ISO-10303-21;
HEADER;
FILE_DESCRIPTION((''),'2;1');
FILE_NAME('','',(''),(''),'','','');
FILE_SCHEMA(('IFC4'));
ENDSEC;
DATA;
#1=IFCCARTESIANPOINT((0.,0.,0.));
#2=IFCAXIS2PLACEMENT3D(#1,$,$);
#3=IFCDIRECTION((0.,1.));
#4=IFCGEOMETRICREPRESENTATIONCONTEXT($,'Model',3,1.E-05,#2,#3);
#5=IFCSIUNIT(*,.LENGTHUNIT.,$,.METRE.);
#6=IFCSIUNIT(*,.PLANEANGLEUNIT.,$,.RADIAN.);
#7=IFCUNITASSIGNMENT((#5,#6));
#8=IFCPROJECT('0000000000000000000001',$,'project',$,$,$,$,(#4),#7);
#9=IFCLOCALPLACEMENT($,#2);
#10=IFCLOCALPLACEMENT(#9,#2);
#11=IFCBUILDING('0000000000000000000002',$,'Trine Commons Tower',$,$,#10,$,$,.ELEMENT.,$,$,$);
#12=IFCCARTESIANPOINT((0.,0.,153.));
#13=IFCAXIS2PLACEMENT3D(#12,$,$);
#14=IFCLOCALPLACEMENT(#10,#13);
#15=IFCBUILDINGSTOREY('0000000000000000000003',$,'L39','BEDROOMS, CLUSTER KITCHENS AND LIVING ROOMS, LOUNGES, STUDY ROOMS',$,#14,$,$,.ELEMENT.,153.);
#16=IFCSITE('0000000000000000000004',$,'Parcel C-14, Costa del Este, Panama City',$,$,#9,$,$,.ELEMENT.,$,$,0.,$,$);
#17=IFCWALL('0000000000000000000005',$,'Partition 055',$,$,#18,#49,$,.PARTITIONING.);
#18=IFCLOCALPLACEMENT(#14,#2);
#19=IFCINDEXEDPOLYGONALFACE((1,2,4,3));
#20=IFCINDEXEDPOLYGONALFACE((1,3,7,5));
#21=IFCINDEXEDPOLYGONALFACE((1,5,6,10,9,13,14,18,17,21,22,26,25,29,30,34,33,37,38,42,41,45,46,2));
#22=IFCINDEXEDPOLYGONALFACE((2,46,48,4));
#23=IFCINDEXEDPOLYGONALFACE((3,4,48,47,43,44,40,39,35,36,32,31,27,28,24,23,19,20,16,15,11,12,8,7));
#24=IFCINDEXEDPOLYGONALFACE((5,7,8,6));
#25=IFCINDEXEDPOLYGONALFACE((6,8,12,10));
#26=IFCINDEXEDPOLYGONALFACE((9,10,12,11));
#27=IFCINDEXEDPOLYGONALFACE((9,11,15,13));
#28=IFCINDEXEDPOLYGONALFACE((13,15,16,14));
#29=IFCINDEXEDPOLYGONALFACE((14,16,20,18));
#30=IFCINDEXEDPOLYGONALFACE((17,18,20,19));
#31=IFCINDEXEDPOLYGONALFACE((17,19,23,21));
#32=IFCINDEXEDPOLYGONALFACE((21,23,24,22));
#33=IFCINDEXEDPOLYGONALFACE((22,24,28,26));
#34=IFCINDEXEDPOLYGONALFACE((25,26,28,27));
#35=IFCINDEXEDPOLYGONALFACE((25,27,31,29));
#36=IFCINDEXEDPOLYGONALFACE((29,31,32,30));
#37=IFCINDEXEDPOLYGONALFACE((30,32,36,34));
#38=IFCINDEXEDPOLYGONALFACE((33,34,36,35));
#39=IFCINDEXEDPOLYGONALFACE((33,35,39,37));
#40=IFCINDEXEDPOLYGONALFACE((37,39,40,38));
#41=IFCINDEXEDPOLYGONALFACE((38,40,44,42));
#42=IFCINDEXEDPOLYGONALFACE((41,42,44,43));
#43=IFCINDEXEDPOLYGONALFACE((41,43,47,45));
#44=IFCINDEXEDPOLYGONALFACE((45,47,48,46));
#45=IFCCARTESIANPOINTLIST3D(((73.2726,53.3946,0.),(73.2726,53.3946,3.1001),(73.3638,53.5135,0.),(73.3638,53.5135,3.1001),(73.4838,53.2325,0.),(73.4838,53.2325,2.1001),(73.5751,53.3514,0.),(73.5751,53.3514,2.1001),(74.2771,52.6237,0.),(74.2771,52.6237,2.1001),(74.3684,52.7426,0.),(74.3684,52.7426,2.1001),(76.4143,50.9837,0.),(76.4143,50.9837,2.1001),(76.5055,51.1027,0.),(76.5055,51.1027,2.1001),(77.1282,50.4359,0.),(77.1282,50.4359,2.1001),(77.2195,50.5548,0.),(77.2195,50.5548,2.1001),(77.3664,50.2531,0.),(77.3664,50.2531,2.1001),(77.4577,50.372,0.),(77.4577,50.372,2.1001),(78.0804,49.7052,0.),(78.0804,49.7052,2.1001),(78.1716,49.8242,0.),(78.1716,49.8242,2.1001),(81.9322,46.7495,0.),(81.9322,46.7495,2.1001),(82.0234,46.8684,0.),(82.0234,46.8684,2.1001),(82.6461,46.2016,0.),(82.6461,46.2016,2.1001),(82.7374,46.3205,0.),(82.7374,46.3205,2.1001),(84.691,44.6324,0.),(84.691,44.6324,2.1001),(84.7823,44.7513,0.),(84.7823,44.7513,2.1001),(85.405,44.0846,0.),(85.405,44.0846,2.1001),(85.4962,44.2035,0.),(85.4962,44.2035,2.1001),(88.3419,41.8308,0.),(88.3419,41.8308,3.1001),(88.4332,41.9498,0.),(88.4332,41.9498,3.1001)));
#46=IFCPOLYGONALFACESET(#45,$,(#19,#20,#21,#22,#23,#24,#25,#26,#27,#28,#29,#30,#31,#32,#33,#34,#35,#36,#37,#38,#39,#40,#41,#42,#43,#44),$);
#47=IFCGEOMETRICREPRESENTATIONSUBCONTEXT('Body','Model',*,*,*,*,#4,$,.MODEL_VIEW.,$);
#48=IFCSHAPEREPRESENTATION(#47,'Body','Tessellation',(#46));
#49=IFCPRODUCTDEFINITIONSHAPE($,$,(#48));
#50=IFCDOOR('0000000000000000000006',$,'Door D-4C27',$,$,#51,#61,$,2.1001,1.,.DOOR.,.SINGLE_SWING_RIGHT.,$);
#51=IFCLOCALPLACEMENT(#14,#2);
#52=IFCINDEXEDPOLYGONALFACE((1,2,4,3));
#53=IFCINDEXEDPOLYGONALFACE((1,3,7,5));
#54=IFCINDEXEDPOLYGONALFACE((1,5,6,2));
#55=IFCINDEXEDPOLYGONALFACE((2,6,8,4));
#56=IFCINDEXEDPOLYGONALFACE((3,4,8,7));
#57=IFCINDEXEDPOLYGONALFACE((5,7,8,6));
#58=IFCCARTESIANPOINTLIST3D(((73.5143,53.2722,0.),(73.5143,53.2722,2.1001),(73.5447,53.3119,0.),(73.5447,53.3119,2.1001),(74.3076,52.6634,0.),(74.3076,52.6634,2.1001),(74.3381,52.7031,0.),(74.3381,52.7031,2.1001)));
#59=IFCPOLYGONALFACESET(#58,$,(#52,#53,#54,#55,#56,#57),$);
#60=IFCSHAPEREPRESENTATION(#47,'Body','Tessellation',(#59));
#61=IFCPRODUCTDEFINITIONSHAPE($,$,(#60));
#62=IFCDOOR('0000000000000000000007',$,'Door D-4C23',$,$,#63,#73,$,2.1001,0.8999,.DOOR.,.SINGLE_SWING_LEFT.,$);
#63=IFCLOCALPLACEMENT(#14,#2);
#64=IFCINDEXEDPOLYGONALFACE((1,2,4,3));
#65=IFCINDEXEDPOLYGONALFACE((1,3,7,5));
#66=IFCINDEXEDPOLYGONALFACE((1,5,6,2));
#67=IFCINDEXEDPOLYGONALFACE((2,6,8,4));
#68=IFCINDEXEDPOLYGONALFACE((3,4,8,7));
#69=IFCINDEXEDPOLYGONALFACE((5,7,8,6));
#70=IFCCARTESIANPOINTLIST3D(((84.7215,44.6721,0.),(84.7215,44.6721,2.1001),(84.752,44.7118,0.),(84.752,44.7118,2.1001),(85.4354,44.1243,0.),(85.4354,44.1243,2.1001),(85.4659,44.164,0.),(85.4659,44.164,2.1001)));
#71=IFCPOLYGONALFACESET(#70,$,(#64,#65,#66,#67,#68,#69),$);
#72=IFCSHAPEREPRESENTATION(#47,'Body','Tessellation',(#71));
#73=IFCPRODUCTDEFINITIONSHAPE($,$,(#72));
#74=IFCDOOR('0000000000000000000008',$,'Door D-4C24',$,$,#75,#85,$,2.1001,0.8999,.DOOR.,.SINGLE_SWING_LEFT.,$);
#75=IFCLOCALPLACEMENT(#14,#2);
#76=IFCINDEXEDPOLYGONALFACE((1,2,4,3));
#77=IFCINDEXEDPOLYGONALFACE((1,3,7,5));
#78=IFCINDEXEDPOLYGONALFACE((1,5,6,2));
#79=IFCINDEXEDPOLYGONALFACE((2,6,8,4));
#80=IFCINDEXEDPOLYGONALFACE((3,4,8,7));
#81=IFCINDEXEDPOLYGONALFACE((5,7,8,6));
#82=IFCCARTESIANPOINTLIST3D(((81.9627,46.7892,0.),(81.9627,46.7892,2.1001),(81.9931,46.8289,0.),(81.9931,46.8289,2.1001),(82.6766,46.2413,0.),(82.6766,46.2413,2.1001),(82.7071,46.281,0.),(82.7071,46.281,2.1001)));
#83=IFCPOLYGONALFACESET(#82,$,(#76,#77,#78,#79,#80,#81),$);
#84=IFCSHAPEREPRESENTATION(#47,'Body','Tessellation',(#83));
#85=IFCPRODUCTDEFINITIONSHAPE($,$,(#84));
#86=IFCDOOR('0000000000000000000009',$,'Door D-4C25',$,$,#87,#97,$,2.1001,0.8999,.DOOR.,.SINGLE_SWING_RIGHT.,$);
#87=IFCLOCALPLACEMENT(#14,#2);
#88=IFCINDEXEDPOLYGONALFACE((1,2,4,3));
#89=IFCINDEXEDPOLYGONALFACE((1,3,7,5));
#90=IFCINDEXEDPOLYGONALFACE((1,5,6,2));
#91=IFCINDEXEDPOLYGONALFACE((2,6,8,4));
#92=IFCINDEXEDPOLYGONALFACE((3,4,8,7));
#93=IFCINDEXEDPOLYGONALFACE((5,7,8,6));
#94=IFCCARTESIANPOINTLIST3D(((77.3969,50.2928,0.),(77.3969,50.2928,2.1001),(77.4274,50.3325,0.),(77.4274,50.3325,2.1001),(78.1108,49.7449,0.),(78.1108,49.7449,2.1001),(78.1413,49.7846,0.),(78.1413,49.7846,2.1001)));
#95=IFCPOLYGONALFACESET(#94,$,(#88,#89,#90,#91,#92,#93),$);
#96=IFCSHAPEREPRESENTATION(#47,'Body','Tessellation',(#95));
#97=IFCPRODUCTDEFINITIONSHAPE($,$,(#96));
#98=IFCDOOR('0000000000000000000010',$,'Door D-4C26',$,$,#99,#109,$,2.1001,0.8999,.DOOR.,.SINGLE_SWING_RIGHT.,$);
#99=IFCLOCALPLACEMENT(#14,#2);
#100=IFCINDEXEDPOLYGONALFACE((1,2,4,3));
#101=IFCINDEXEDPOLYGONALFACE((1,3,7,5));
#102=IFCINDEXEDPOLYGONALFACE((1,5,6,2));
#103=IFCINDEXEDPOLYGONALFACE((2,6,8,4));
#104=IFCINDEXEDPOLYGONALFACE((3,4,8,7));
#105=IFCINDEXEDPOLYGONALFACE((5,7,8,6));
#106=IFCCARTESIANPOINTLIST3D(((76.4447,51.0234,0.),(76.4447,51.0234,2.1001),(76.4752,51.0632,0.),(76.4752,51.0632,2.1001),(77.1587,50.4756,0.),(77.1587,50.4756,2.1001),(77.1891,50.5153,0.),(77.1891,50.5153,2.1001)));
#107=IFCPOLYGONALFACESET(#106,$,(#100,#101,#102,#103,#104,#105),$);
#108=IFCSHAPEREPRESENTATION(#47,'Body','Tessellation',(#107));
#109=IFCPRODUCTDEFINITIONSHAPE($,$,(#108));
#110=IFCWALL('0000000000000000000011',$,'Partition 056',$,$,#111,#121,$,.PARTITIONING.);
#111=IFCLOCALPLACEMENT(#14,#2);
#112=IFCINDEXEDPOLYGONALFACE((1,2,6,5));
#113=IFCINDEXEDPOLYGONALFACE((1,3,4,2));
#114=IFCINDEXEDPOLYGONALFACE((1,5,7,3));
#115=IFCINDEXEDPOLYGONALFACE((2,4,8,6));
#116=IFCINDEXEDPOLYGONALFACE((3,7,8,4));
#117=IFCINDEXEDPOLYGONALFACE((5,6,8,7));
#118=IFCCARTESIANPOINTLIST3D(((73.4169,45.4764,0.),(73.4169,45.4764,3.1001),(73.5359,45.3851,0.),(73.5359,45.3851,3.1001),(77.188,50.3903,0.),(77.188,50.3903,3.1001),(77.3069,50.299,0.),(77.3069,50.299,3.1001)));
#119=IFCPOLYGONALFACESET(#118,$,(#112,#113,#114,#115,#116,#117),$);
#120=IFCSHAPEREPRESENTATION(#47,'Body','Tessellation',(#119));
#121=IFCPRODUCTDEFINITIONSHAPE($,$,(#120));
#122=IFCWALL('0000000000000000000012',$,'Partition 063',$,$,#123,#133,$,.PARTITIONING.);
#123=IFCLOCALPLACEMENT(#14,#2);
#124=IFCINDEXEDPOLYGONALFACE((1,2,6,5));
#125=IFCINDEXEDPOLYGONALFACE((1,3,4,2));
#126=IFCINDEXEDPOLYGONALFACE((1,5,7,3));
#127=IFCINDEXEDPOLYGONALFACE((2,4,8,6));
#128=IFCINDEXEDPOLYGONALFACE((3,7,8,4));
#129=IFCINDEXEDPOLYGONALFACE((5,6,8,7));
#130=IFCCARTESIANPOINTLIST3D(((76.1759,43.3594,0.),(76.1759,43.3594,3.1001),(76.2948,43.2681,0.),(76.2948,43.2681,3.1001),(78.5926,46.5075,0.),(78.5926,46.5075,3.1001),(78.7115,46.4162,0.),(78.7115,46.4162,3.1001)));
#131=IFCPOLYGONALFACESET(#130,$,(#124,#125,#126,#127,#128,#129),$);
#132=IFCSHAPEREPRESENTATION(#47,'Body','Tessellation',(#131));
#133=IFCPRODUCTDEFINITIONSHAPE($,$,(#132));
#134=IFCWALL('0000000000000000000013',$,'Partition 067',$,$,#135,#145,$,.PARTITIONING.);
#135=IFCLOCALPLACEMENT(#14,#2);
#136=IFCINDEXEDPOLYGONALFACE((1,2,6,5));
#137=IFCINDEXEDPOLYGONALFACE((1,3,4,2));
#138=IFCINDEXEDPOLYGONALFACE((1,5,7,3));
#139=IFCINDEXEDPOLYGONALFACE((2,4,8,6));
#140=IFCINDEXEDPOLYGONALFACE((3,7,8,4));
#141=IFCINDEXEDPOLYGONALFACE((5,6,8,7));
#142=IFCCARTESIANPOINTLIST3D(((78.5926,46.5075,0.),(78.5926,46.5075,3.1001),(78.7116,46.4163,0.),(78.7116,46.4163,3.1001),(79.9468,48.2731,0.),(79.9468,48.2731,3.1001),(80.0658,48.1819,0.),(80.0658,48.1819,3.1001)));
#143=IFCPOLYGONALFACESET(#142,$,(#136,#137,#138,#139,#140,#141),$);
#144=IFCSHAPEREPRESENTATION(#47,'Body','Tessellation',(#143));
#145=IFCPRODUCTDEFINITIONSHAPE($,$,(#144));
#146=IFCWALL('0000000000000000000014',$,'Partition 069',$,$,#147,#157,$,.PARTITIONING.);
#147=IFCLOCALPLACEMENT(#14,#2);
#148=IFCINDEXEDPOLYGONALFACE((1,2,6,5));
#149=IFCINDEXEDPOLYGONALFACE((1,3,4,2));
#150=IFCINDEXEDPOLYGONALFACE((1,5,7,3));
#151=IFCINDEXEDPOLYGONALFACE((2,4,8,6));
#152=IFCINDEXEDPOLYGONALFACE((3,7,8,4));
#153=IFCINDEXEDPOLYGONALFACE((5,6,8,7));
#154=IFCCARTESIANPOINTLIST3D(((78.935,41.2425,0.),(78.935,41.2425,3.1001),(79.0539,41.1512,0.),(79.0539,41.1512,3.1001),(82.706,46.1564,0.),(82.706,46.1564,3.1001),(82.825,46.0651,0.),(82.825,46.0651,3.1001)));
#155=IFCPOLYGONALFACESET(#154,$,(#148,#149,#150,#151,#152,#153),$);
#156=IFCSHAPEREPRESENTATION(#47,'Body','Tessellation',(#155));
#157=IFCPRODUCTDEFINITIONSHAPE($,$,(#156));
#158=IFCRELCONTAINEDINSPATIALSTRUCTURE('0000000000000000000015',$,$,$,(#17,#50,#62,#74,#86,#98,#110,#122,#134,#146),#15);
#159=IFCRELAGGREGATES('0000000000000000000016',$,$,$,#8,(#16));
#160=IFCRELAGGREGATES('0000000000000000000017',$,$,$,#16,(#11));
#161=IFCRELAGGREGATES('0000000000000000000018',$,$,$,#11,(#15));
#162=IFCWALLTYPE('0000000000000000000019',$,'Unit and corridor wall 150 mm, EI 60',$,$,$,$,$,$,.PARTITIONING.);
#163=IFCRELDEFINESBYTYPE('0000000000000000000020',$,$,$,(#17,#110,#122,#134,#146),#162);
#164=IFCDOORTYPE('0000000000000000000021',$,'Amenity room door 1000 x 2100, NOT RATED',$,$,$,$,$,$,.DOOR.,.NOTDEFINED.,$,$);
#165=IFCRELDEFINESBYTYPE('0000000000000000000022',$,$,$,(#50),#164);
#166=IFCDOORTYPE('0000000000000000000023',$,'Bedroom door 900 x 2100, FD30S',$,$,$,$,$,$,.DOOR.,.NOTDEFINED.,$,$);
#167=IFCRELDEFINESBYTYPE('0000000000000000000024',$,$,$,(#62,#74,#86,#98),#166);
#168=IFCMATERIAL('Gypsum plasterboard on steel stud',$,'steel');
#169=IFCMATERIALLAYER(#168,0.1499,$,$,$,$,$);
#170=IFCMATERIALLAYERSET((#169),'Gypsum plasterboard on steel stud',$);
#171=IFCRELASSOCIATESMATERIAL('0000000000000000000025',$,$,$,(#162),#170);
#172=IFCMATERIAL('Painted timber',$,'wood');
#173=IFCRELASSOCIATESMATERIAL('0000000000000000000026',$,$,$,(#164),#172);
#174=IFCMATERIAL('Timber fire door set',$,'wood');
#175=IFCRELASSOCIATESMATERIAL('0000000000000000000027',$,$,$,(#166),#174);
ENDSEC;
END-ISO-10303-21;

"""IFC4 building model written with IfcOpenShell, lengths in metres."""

from ifc_helpers import new_model, si_unit, direction, frame, frame_2d, origin, place, context, subcontext, project, spatial, rectangle, extrude, material, layer, layer_set, type_object, element, fill, save


model = new_model("IFC4")

# Units and contexts
model_context = context("Model", 3, precision=1e-05, world=origin(), true_north=direction((0.0, 1.0)))
body_context = subcontext(model_context, "Body", "Model", "MODEL_VIEW")
ifc_project = project(units=[si_unit("LENGTHUNIT", "METRE"), si_unit("PLANEANGLEUNIT", "RADIAN")], contexts=[model_context])

# Site, building, storey
site_placement = place(None, origin())
site = spatial("IfcSite", under=ifc_project, at=site_placement, Name="Parcel C-14, Costa del Este, Panama City", CompositionType="ELEMENT", RefElevation=0.0)
building_placement = place(site_placement, origin())
building = spatial("IfcBuilding", under=site, at=building_placement, Name="Trine Commons Tower", CompositionType="ELEMENT")
storey_placement = place(building_placement, frame((0.0, 0.0, 153.0)))
storey = spatial("IfcBuildingStorey", under=building, at=storey_placement, Name="L39", Description="BEDROOMS, CLUSTER KITCHENS AND LIVING ROOMS, LOUNGES, STUDY ROOMS", CompositionType="ELEMENT", Elevation=153.0)

# Wall, openings, doors
ifc_material_1 = material(Name="Gypsum plasterboard on steel stud", Category="steel")
ifc_layer_1 = layer(ifc_material_1, 0.1499)
ifc_layer_set_1 = layer_set([ifc_layer_1], Name="Gypsum plasterboard on steel stud")
wall_type_1 = type_object("IfcWallType", Name="Unit and corridor wall 150 mm, EI 60", PredefinedType="PARTITIONING", material=ifc_layer_set_1)
wall_1_placement = place(storey_placement, frame((73.3181, 53.4541, 0.0), z_axis=(0.0, 0.0, 1.0), x_axis=(0.793338, -0.608782, 0.0)))
wall_1 = element("IfcWall", 1, at=wall_1_placement, inside=storey, type_object=wall_type_1, Name="Partition 055", PredefinedType="PARTITIONING", context=body_context, shape_type="SweptSolid", body=[
    extrude(rectangle(XDim=18.9949, YDim=0.1499, at=frame_2d((9.4976, 0.0))), origin(), (0.0, 0.0, 1.0), 3.1001),
])
opening_1_placement = place(wall_1_placement, frame((14.3931, 0.0, 0.0)))
opening_1 = element("IfcOpeningElement", 2, at=opening_1_placement, cuts=wall_1, PredefinedType="OPENING", context=body_context, shape_type="SweptSolid", body=[
    extrude(rectangle(XDim=0.8999, YDim=2.1001, at=frame_2d((0.45, 1.05))), frame((0.0, 0.085, 0.0), z_axis=(0.0, -1.0, 0.0), x_axis=(1.0, 0.0, 0.0)), (0.0, 0.0, 1.0), 0.1699),
])
opening_2_placement = place(wall_1_placement, frame((10.9155, 0.0, 0.0)))
opening_2 = element("IfcOpeningElement", 3, at=opening_2_placement, cuts=wall_1, PredefinedType="OPENING", context=body_context, shape_type="SweptSolid", body=[
    extrude(rectangle(XDim=0.8999, YDim=2.1001, at=frame_2d((0.45, 1.05))), frame((0.0, 0.085, 0.0), z_axis=(0.0, -1.0, 0.0), x_axis=(1.0, 0.0, 0.0)), (0.0, 0.0, 1.0), 0.1699),
])
opening_3_placement = place(wall_1_placement, frame((5.1604, 0.0, 0.0)))
opening_3 = element("IfcOpeningElement", 4, at=opening_3_placement, cuts=wall_1, PredefinedType="OPENING", context=body_context, shape_type="SweptSolid", body=[
    extrude(rectangle(XDim=0.8999, YDim=2.1001, at=frame_2d((0.45, 1.05))), frame((0.0, 0.085, 0.0), z_axis=(0.0, -1.0, 0.0), x_axis=(1.0, 0.0, 0.0)), (0.0, 0.0, 1.0), 0.1699),
])
opening_4_placement = place(wall_1_placement, frame((3.9602, 0.0, 0.0)))
opening_4 = element("IfcOpeningElement", 5, at=opening_4_placement, cuts=wall_1, PredefinedType="OPENING", context=body_context, shape_type="SweptSolid", body=[
    extrude(rectangle(XDim=0.8999, YDim=2.1001, at=frame_2d((0.45, 1.05))), frame((0.0, 0.085, 0.0), z_axis=(0.0, -1.0, 0.0), x_axis=(1.0, 0.0, 0.0)), (0.0, 0.0, 1.0), 0.1699),
])
opening_5_placement = place(wall_1_placement, frame((0.2664, 0.0, 0.0)))
opening_5 = element("IfcOpeningElement", 6, at=opening_5_placement, cuts=wall_1, PredefinedType="OPENING", context=body_context, shape_type="SweptSolid", body=[
    extrude(rectangle(XDim=1.0, YDim=2.1001, at=frame_2d((0.5, 1.05))), frame((0.0, 0.085, 0.0), z_axis=(0.0, -1.0, 0.0), x_axis=(1.0, 0.0, 0.0)), (0.0, 0.0, 1.0), 0.1699),
])
ifc_material_2 = material(Name="Painted timber", Category="wood")
door_type_1 = type_object("IfcDoorType", Name="Amenity room door 1000 x 2100, NOT RATED", OperationType="NOTDEFINED", PredefinedType="DOOR", material=ifc_material_2)
door_1_placement = place(opening_5_placement, frame((1.0, 0.0, 0.0), z_axis=(0.0, 0.0, 1.0), x_axis=(-1.0, 0.0, 0.0)))
door_1 = element("IfcDoor", 7, at=door_1_placement, inside=storey, type_object=door_type_1, Name="Door D-4C27", OperationType="SINGLE_SWING_RIGHT", OverallHeight=2.1001, OverallWidth=1.0, PredefinedType="DOOR", context=body_context, shape_type="SweptSolid", body=[
    extrude(rectangle(XDim=1.0, YDim=2.1001, at=frame_2d((0.5, 1.05))), frame((0.0, 0.0249, 0.0), z_axis=(0.0, -1.0, 0.0), x_axis=(1.0, 0.0, 0.0)), (0.0, 0.0, 1.0), 0.05),
])
fill(opening_5, door_1)
ifc_material_3 = material(Name="Timber fire door set", Category="wood")
door_type_2 = type_object("IfcDoorType", Name="Bedroom door 900 x 2100, FD30S", OperationType="NOTDEFINED", PredefinedType="DOOR", material=ifc_material_3)
door_2_placement = place(opening_1_placement, frame((0.8999, 0.0, 0.0), z_axis=(0.0, 0.0, 1.0), x_axis=(-1.0, 0.0, 0.0)))
door_2 = element("IfcDoor", 8, at=door_2_placement, inside=storey, type_object=door_type_2, Name="Door D-4C23", OperationType="SINGLE_SWING_LEFT", OverallHeight=2.1001, OverallWidth=0.8999, PredefinedType="DOOR", context=body_context, shape_type="SweptSolid", body=[
    extrude(rectangle(XDim=0.8999, YDim=2.1001, at=frame_2d((0.45, 1.05))), frame((0.0, 0.0249, 0.0), z_axis=(0.0, -1.0, 0.0), x_axis=(1.0, 0.0, 0.0)), (0.0, 0.0, 1.0), 0.05),
])
fill(opening_1, door_2)
door_3_placement = place(opening_2_placement, frame((0.8999, 0.0, 0.0), z_axis=(0.0, 0.0, 1.0), x_axis=(-1.0, 0.0, 0.0)))
door_3 = element("IfcDoor", 9, at=door_3_placement, inside=storey, type_object=door_type_2, Name="Door D-4C24", OperationType="SINGLE_SWING_LEFT", OverallHeight=2.1001, OverallWidth=0.8999, PredefinedType="DOOR", context=body_context, shape_type="SweptSolid", body=[
    extrude(rectangle(XDim=0.8999, YDim=2.1001, at=frame_2d((0.45, 1.05))), frame((0.0, 0.0249, 0.0), z_axis=(0.0, -1.0, 0.0), x_axis=(1.0, 0.0, 0.0)), (0.0, 0.0, 1.0), 0.05),
])
fill(opening_2, door_3)
door_4_placement = place(opening_3_placement, frame((0.8999, 0.0, 0.0), z_axis=(0.0, 0.0, 1.0), x_axis=(-1.0, 0.0, 0.0)))
door_4 = element("IfcDoor", 10, at=door_4_placement, inside=storey, type_object=door_type_2, Name="Door D-4C25", OperationType="SINGLE_SWING_RIGHT", OverallHeight=2.1001, OverallWidth=0.8999, PredefinedType="DOOR", context=body_context, shape_type="SweptSolid", body=[
    extrude(rectangle(XDim=0.8999, YDim=2.1001, at=frame_2d((0.45, 1.05))), frame((0.0, 0.0249, 0.0), z_axis=(0.0, -1.0, 0.0), x_axis=(1.0, 0.0, 0.0)), (0.0, 0.0, 1.0), 0.05),
])
fill(opening_3, door_4)
door_5_placement = place(opening_4_placement, frame((0.8999, 0.0, 0.0), z_axis=(0.0, 0.0, 1.0), x_axis=(-1.0, 0.0, 0.0)))
door_5 = element("IfcDoor", 11, at=door_5_placement, inside=storey, type_object=door_type_2, Name="Door D-4C26", OperationType="SINGLE_SWING_RIGHT", OverallHeight=2.1001, OverallWidth=0.8999, PredefinedType="DOOR", context=body_context, shape_type="SweptSolid", body=[
    extrude(rectangle(XDim=0.8999, YDim=2.1001, at=frame_2d((0.45, 1.05))), frame((0.0, 0.0249, 0.0), z_axis=(0.0, -1.0, 0.0), x_axis=(1.0, 0.0, 0.0)), (0.0, 0.0, 1.0), 0.05),
])
fill(opening_4, door_5)

# Walls
wall_2_placement = place(storey_placement, frame((73.4763, 45.4307, 0.0), z_axis=(0.0, 0.0, 1.0), x_axis=(0.608811, 0.793315, 0.0)))
element("IfcWall", 12, at=wall_2_placement, inside=storey, type_object=wall_type_1, Name="Partition 056", PredefinedType="PARTITIONING", context=body_context, shape_type="SweptSolid", body=[
    extrude(rectangle(XDim=6.1941, YDim=0.1499, at=frame_2d((3.0972, 0.0))), origin(), (0.0, 0.0, 1.0), 3.1001),
])
wall_3_placement = place(storey_placement, frame((76.2354, 43.3137, 0.0), z_axis=(0.0, 0.0, 1.0), x_axis=(0.608929, 0.793225, 0.0)))
element("IfcWall", 13, at=wall_3_placement, inside=storey, type_object=wall_type_1, Name="Partition 063", PredefinedType="PARTITIONING", context=body_context, shape_type="SweptSolid", body=[
    extrude(rectangle(XDim=3.9688, YDim=0.1499, at=frame_2d((1.9844, 0.0))), origin(), (0.0, 0.0, 1.0), 3.1001),
])
wall_4_placement = place(storey_placement, frame((78.6521, 46.4619, 0.0), z_axis=(0.0, 0.0, 1.0), x_axis=(0.608602, 0.793476, 0.0)))
element("IfcWall", 14, at=wall_4_placement, inside=storey, type_object=wall_type_1, Name="Partition 067", PredefinedType="PARTITIONING", context=body_context, shape_type="SweptSolid", body=[
    extrude(rectangle(XDim=2.2251, YDim=0.1499, at=frame_2d((1.1125, 0.0))), origin(), (0.0, 0.0, 1.0), 3.1001),
])
wall_5_placement = place(storey_placement, frame((78.9944, 41.1968, 0.0), z_axis=(0.0, 0.0, 1.0), x_axis=(0.608811, 0.793315, 0.0)))
element("IfcWall", 15, at=wall_5_placement, inside=storey, type_object=wall_type_1, Name="Partition 069", PredefinedType="PARTITIONING", context=body_context, shape_type="SweptSolid", body=[
    extrude(rectangle(XDim=6.1941, YDim=0.1499, at=frame_2d((3.0972, 0.0))), origin(), (0.0, 0.0, 1.0), 3.1001),
])

save(model, "model.ifc")
